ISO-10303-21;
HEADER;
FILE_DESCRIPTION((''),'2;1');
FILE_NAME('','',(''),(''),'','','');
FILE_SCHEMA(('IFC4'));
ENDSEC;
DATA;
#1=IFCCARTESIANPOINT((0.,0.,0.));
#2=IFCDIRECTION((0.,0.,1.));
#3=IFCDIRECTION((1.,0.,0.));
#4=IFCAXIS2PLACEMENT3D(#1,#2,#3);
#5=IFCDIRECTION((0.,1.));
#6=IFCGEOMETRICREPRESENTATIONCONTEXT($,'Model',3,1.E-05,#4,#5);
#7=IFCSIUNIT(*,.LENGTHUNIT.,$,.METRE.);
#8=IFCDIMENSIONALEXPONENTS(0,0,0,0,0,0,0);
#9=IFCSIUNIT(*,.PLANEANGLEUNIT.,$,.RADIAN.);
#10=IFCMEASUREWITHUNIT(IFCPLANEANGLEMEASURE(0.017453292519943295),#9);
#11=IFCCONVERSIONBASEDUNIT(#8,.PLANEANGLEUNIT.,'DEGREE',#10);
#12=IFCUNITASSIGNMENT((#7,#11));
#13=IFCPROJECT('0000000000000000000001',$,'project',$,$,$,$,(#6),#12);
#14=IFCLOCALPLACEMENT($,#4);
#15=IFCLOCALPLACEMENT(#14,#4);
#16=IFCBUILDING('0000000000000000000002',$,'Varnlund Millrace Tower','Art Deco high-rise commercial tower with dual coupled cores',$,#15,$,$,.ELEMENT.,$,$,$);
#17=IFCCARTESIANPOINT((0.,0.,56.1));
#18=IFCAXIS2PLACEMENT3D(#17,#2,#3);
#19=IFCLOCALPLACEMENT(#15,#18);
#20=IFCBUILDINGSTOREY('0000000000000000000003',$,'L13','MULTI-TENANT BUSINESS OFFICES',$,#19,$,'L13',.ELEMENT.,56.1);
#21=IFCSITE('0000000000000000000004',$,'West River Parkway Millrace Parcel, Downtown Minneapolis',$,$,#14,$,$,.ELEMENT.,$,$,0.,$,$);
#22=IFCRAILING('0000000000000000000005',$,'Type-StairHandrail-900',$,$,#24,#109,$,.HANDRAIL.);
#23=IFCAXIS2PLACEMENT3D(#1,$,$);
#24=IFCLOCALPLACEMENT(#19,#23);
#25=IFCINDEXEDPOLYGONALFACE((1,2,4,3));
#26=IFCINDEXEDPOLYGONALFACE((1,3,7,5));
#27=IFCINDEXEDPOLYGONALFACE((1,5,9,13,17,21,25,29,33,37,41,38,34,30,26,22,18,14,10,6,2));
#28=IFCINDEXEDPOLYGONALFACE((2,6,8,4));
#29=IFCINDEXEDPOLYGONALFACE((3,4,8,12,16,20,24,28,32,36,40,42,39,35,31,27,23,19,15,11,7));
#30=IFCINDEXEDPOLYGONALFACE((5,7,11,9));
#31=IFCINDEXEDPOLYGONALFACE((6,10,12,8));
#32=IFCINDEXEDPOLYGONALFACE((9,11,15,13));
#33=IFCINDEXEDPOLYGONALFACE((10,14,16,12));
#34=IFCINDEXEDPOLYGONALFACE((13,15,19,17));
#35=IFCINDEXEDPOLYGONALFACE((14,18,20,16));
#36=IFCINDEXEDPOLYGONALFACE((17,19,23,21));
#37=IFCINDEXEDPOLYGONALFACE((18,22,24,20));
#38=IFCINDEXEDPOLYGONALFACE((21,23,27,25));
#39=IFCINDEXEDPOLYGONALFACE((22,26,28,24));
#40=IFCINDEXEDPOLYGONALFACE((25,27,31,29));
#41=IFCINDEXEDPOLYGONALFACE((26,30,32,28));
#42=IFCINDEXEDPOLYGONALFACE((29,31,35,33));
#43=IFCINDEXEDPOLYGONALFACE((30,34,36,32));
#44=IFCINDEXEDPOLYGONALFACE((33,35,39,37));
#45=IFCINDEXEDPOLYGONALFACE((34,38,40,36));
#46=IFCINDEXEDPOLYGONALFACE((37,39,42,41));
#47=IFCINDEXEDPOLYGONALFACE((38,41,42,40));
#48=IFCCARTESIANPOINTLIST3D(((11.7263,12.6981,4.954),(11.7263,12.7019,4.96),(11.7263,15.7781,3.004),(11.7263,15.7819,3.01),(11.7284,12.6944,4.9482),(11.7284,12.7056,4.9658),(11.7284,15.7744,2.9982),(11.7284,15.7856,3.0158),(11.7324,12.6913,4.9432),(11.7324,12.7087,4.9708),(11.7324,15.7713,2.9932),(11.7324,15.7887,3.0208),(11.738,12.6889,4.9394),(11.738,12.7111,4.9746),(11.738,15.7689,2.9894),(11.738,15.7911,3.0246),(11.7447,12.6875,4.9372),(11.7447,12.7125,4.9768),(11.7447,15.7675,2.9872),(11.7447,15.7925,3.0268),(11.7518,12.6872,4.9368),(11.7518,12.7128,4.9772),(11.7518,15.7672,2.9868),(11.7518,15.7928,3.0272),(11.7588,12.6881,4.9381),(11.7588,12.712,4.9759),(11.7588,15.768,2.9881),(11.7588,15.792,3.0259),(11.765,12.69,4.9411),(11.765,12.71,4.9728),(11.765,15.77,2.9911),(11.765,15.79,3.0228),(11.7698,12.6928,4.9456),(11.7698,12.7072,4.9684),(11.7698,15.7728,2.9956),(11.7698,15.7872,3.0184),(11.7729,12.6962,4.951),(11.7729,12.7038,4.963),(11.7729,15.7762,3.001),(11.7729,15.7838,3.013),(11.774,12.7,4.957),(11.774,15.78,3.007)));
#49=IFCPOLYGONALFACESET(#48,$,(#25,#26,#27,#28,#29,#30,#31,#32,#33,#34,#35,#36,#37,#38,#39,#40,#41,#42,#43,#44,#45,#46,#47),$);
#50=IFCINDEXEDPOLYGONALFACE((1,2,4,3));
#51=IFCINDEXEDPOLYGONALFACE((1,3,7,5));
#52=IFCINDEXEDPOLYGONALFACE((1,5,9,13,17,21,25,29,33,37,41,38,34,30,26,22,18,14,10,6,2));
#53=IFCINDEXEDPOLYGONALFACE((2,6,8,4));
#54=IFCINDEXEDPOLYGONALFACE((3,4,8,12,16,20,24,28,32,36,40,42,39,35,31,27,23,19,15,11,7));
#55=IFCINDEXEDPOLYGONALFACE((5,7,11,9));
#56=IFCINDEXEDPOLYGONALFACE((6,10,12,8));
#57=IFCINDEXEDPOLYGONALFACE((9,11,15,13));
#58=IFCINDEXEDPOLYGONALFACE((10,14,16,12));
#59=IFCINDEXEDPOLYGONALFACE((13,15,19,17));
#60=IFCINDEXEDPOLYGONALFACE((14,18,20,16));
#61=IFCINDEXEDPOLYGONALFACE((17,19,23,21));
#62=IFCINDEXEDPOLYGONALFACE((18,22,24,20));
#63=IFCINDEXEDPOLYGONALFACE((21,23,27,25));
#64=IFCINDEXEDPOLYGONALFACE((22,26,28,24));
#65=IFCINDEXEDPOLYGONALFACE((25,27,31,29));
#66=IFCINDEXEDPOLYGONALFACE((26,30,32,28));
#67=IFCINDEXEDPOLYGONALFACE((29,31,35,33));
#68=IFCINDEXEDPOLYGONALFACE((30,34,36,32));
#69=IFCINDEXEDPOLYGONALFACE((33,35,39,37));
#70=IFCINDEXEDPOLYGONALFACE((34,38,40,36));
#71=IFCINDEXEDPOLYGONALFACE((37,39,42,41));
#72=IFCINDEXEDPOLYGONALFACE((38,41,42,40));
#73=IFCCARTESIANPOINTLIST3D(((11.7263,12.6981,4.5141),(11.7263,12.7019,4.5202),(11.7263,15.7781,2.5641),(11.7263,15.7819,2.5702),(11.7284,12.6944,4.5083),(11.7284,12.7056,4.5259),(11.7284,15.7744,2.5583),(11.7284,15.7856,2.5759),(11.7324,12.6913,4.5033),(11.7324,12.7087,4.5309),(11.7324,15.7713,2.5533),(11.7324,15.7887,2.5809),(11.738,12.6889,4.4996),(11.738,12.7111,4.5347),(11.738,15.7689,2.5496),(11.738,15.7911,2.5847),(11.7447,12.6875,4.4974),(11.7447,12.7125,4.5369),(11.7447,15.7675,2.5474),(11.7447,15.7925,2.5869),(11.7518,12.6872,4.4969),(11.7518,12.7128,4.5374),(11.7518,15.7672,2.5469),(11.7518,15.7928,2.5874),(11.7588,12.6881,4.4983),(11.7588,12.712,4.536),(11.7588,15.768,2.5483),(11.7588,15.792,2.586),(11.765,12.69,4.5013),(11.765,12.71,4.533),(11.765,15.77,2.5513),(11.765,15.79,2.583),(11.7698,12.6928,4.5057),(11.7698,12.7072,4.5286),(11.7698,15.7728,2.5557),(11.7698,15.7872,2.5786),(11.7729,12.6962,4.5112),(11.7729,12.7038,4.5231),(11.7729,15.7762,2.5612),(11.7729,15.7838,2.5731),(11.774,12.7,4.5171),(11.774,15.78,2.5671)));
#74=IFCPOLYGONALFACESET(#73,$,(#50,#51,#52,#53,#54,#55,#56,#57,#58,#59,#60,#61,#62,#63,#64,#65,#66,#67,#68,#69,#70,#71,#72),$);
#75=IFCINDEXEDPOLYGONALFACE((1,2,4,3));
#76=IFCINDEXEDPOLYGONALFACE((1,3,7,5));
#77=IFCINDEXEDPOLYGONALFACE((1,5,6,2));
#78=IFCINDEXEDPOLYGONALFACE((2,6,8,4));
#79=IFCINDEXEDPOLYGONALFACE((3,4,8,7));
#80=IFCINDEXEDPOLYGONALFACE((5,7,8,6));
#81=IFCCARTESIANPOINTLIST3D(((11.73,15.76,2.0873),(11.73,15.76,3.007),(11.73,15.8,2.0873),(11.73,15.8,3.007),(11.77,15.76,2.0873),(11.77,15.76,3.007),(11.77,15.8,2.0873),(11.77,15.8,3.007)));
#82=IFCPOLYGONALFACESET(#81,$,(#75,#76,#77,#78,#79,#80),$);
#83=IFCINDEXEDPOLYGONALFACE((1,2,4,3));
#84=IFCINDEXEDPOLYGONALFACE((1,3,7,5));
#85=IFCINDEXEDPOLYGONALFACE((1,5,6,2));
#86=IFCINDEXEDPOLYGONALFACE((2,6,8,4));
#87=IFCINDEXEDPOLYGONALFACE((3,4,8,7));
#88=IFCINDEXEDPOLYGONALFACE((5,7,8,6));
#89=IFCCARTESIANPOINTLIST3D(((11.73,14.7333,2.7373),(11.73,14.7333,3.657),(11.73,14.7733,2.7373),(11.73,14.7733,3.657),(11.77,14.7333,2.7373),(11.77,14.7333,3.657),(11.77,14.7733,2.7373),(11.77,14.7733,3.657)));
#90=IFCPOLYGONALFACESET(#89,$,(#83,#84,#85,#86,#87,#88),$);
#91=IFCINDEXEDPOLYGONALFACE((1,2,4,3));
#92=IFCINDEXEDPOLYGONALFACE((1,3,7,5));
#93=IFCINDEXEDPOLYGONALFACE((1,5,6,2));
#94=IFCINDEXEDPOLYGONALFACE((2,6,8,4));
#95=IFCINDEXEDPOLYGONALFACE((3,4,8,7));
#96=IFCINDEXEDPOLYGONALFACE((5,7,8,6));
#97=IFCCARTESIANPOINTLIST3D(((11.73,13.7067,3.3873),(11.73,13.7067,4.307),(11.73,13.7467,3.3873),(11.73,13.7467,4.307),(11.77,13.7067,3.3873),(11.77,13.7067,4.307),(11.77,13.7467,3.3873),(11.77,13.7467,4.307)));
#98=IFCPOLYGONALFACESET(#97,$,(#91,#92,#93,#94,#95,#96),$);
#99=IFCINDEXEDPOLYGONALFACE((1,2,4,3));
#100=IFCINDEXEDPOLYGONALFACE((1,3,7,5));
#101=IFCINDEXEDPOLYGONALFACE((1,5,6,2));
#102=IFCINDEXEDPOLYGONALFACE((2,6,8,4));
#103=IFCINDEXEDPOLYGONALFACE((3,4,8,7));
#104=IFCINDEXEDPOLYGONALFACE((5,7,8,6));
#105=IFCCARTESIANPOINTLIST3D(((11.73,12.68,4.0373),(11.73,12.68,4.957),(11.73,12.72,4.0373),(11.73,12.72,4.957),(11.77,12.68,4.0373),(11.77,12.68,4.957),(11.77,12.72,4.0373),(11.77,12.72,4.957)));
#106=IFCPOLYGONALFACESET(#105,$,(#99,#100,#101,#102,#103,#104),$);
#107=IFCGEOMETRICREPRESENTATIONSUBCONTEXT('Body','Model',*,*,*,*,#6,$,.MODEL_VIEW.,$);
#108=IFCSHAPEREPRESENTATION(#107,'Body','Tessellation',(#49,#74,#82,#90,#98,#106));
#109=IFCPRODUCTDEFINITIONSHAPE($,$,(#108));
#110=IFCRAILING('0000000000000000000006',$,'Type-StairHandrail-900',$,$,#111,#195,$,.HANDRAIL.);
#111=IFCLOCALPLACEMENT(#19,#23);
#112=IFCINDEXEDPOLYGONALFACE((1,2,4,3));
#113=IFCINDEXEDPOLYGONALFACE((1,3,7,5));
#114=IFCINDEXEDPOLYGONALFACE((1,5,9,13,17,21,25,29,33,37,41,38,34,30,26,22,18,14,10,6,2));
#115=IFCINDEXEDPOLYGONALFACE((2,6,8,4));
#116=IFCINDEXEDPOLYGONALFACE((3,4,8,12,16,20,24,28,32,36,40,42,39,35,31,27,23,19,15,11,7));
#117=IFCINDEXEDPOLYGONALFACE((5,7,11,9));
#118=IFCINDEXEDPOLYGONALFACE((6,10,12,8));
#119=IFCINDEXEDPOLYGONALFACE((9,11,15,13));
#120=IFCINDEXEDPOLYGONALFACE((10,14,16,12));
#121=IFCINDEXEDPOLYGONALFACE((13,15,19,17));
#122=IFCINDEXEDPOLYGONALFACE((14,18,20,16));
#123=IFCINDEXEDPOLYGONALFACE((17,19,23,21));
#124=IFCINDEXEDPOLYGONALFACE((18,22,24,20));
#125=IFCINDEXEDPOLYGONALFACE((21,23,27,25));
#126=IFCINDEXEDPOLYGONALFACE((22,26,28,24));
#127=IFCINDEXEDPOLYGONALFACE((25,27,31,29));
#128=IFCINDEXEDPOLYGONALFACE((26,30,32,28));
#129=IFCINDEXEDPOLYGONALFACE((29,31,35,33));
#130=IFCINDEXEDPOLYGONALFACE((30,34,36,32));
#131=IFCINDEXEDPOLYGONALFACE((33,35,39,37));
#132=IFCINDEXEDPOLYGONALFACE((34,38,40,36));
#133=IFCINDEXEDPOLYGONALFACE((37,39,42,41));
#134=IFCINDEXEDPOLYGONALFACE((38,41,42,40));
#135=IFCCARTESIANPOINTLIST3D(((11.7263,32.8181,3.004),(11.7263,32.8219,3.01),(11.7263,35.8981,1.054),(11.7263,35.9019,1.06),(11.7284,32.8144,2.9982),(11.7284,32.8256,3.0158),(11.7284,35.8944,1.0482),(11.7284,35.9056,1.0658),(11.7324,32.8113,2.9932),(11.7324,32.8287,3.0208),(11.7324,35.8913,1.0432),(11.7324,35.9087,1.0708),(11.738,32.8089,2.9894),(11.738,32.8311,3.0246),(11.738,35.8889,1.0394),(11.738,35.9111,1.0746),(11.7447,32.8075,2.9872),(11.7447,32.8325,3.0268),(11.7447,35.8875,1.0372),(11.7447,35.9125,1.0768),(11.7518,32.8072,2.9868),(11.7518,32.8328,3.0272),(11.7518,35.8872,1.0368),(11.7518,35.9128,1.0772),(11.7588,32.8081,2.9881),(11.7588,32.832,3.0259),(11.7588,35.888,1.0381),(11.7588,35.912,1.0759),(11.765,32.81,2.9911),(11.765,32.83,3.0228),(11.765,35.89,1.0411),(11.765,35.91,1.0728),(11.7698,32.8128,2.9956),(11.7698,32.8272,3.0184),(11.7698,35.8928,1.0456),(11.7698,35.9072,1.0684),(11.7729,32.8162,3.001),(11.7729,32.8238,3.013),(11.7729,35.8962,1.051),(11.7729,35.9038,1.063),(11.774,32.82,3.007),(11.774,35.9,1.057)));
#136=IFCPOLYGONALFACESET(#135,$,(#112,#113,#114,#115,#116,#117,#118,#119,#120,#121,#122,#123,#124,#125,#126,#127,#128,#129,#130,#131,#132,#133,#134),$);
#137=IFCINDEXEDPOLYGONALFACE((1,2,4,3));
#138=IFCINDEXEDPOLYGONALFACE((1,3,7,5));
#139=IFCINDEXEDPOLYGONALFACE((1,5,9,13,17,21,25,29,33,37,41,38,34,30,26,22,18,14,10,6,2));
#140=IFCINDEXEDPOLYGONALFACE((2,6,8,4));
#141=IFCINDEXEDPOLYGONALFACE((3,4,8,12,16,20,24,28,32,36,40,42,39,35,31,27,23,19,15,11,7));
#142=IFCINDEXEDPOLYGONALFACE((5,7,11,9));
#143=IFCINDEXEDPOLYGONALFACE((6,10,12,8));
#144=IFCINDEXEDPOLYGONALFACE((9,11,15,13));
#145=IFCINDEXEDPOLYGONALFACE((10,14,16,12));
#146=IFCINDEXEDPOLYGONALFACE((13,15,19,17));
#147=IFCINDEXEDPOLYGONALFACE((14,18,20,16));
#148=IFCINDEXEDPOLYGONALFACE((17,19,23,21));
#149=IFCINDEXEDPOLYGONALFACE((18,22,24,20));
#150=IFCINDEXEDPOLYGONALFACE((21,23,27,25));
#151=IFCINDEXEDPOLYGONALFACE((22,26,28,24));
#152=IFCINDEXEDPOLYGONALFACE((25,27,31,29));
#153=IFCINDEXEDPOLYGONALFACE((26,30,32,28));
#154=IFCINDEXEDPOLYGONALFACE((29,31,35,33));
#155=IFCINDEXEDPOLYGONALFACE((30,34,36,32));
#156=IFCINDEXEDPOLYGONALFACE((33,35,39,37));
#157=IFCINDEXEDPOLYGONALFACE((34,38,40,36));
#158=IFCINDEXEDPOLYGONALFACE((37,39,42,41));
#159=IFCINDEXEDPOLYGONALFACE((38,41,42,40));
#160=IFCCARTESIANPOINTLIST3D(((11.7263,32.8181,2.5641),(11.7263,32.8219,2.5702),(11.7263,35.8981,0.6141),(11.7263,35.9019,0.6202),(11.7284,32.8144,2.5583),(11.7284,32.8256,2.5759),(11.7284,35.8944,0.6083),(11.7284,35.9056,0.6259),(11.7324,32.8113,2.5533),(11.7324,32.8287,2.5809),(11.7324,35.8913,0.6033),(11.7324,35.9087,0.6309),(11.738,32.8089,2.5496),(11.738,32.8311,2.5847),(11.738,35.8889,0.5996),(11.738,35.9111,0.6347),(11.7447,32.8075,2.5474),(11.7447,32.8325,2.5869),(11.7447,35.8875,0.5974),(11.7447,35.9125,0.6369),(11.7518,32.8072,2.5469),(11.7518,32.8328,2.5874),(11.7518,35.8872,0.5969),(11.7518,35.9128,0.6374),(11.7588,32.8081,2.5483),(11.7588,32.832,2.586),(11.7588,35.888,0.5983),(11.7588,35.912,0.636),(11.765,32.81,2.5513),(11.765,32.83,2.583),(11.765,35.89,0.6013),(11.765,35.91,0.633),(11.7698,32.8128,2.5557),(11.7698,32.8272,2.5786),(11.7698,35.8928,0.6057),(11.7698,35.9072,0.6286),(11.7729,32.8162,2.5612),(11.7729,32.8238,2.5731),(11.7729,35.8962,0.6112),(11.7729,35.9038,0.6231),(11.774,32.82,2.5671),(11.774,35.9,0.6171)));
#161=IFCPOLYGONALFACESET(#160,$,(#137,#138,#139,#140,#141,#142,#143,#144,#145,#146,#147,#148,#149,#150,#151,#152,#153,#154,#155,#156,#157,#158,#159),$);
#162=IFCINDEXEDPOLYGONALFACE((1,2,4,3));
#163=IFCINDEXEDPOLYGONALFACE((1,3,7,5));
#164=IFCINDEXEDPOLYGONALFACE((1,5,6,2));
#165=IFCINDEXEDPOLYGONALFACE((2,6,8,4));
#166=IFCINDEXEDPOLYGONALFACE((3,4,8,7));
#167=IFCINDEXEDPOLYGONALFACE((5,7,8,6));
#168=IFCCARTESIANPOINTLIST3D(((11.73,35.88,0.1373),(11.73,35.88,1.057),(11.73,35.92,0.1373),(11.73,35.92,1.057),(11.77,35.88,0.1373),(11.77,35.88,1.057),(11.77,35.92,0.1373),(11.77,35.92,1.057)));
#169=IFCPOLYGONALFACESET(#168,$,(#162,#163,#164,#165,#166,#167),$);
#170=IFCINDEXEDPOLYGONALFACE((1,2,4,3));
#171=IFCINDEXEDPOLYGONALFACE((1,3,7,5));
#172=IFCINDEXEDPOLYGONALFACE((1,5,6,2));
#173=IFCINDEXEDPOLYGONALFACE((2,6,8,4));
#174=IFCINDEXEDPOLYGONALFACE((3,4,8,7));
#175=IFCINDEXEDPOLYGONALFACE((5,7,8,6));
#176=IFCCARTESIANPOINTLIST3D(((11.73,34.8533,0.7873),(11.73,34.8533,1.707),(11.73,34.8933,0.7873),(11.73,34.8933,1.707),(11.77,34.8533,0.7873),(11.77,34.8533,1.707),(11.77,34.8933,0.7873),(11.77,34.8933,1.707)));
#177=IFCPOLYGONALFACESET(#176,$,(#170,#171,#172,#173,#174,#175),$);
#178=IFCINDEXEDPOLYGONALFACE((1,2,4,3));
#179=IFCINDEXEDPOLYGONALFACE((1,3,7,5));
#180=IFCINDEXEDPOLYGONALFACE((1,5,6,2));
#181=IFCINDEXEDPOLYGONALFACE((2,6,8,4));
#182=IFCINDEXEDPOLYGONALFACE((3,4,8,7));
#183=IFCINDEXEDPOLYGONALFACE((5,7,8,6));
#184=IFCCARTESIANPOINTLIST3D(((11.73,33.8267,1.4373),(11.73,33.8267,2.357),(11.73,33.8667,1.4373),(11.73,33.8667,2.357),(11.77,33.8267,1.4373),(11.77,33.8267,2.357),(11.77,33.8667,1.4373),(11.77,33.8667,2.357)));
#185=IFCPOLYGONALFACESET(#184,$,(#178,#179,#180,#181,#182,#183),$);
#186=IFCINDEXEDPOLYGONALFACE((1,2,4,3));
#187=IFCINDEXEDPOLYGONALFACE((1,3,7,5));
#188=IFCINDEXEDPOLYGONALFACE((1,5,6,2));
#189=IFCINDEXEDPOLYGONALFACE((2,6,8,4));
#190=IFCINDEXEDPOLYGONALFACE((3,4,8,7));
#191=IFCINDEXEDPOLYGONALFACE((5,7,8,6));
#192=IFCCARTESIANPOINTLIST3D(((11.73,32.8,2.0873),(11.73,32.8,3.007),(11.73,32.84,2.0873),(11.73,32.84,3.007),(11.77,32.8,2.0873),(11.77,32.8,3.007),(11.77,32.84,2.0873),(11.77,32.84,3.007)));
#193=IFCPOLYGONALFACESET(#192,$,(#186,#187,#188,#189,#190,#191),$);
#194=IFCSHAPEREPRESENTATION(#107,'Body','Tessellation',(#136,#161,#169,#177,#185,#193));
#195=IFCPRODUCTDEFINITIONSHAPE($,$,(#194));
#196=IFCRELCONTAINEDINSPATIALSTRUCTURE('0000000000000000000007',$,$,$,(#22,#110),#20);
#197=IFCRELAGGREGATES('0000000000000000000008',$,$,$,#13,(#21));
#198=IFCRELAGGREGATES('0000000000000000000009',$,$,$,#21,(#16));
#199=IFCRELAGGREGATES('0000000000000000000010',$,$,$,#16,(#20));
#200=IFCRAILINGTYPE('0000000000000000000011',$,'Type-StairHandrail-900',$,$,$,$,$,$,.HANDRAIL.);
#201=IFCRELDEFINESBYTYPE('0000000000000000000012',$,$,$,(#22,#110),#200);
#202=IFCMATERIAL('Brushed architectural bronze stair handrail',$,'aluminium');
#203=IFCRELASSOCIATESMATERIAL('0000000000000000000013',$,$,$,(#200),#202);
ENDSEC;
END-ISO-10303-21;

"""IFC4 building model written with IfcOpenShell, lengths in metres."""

from ifc_helpers import new_model, entity, si_unit, converted_unit, direction, frame, origin_with_axes, origin_2d_with_axis, place, context, subcontext, project, spatial, rectangle, circle, extrude, material, type_object, element, save


model = new_model("IFC4")

# Units and contexts
model_context = context("Model", 3, precision=1e-05, world=origin_with_axes(), true_north=direction((0.0, 1.0)))
body_context = subcontext(model_context, "Body", "Model", "MODEL_VIEW")
ifc_project = project(units=[si_unit("LENGTHUNIT", "METRE"), converted_unit("PLANEANGLEUNIT", "DEGREE", entity("IfcPlaneAngleMeasure", 0.017453292519943295), si_unit("PLANEANGLEUNIT", "RADIAN"), dimensions=[0, 0, 0, 0, 0, 0, 0])], contexts=[model_context])

# Site, building, storey
site_placement = place(None, origin_with_axes())
site = spatial("IfcSite", under=ifc_project, at=site_placement, Name="West River Parkway Millrace Parcel, Downtown Minneapolis", CompositionType="ELEMENT", RefElevation=0.0)
building_placement = place(site_placement, origin_with_axes())
building = spatial("IfcBuilding", under=site, at=building_placement, Name="Varnlund Millrace Tower", Description="Art Deco high-rise commercial tower with dual coupled cores", CompositionType="ELEMENT")
storey_placement = place(building_placement, frame((0.0, 0.0, 56.1), z_axis=(0.0, 0.0, 1.0), x_axis=(1.0, 0.0, 0.0)))
storey = spatial("IfcBuildingStorey", under=building, at=storey_placement, Name="L13", Description="MULTI-TENANT BUSINESS OFFICES", LongName="L13", CompositionType="ELEMENT", Elevation=56.1)

# Railings
ifc_material_1 = material(Name="Brushed architectural bronze stair handrail", Category="aluminium")
railing_type_1 = type_object("IfcRailingType", Name="Type-StairHandrail-900", PredefinedType="HANDRAIL", material=ifc_material_1)
railing_1_placement = place(storey_placement, frame((0.0, 0.0, -56.1), z_axis=(0.0, 0.0, 1.0), x_axis=(1.0, 0.0, 0.0)))
element("IfcRailing", 1, at=railing_1_placement, inside=storey, type_object=railing_type_1, Name="Type-StairHandrail-900", PredefinedType="HANDRAIL", context=body_context, shape_type="SweptSolid", body=[
    extrude(circle(Radius=0.024, at=origin_2d_with_axis()), frame((11.75, 15.78, 59.107), z_axis=(0.0, -0.844902, 0.534922), x_axis=(1.0, 0.0, 0.0)), (0.0, 0.0, 1.0), 3.6454),
    extrude(circle(Radius=0.024, at=origin_2d_with_axis()), frame((11.75, 15.78, 58.6671), z_axis=(0.0, -0.844902, 0.534922), x_axis=(1.0, 0.0, 0.0)), (0.0, 0.0, 1.0), 3.6454),
    extrude(rectangle(XDim=0.04, YDim=0.04, at=origin_2d_with_axis()), frame((11.75, 15.78, 58.1873), z_axis=(0.0, 0.0, 1.0), x_axis=(1.0, 0.0, 0.0)), (0.0, 0.0, 1.0), 0.9197),
    extrude(rectangle(XDim=0.04, YDim=0.04, at=origin_2d_with_axis()), frame((11.75, 14.7533, 58.8373), z_axis=(0.0, 0.0, 1.0), x_axis=(1.0, 0.0, 0.0)), (0.0, 0.0, 1.0), 0.9197),
    extrude(rectangle(XDim=0.04, YDim=0.04, at=origin_2d_with_axis()), frame((11.75, 13.7267, 59.4873), z_axis=(0.0, 0.0, 1.0), x_axis=(1.0, 0.0, 0.0)), (0.0, 0.0, 1.0), 0.9197),
    extrude(rectangle(XDim=0.04, YDim=0.04, at=origin_2d_with_axis()), frame((11.75, 12.7, 60.1373), z_axis=(0.0, 0.0, 1.0), x_axis=(1.0, 0.0, 0.0)), (0.0, 0.0, 1.0), 0.9197),
])
railing_2_placement = place(storey_placement, frame((0.0, 0.0, -56.1), z_axis=(0.0, 0.0, 1.0), x_axis=(1.0, 0.0, 0.0)))
element("IfcRailing", 2, at=railing_2_placement, inside=storey, type_object=railing_type_1, Name="Type-StairHandrail-900", PredefinedType="HANDRAIL", context=body_context, shape_type="SweptSolid", body=[
    extrude(circle(Radius=0.024, at=origin_2d_with_axis()), frame((11.75, 35.9, 57.157), z_axis=(0.0, -0.844902, 0.534922), x_axis=(1.0, 0.0, 0.0)), (0.0, 0.0, 1.0), 3.6454),
    extrude(circle(Radius=0.024, at=origin_2d_with_axis()), frame((11.75, 35.9, 56.7171), z_axis=(0.0, -0.844902, 0.534922), x_axis=(1.0, 0.0, 0.0)), (0.0, 0.0, 1.0), 3.6454),
    extrude(rectangle(XDim=0.04, YDim=0.04, at=origin_2d_with_axis()), frame((11.75, 35.9, 56.2373), z_axis=(0.0, 0.0, 1.0), x_axis=(1.0, 0.0, 0.0)), (0.0, 0.0, 1.0), 0.9197),
    extrude(rectangle(XDim=0.04, YDim=0.04, at=origin_2d_with_axis()), frame((11.75, 34.8733, 56.8873), z_axis=(0.0, 0.0, 1.0), x_axis=(1.0, 0.0, 0.0)), (0.0, 0.0, 1.0), 0.9197),
    extrude(rectangle(XDim=0.04, YDim=0.04, at=origin_2d_with_axis()), frame((11.75, 33.8467, 57.5373), z_axis=(0.0, 0.0, 1.0), x_axis=(1.0, 0.0, 0.0)), (0.0, 0.0, 1.0), 0.9197),
    extrude(rectangle(XDim=0.04, YDim=0.04, at=origin_2d_with_axis()), frame((11.75, 32.82, 58.1873), z_axis=(0.0, 0.0, 1.0), x_axis=(1.0, 0.0, 0.0)), (0.0, 0.0, 1.0), 0.9197),
])

save(model, "model.ifc")
